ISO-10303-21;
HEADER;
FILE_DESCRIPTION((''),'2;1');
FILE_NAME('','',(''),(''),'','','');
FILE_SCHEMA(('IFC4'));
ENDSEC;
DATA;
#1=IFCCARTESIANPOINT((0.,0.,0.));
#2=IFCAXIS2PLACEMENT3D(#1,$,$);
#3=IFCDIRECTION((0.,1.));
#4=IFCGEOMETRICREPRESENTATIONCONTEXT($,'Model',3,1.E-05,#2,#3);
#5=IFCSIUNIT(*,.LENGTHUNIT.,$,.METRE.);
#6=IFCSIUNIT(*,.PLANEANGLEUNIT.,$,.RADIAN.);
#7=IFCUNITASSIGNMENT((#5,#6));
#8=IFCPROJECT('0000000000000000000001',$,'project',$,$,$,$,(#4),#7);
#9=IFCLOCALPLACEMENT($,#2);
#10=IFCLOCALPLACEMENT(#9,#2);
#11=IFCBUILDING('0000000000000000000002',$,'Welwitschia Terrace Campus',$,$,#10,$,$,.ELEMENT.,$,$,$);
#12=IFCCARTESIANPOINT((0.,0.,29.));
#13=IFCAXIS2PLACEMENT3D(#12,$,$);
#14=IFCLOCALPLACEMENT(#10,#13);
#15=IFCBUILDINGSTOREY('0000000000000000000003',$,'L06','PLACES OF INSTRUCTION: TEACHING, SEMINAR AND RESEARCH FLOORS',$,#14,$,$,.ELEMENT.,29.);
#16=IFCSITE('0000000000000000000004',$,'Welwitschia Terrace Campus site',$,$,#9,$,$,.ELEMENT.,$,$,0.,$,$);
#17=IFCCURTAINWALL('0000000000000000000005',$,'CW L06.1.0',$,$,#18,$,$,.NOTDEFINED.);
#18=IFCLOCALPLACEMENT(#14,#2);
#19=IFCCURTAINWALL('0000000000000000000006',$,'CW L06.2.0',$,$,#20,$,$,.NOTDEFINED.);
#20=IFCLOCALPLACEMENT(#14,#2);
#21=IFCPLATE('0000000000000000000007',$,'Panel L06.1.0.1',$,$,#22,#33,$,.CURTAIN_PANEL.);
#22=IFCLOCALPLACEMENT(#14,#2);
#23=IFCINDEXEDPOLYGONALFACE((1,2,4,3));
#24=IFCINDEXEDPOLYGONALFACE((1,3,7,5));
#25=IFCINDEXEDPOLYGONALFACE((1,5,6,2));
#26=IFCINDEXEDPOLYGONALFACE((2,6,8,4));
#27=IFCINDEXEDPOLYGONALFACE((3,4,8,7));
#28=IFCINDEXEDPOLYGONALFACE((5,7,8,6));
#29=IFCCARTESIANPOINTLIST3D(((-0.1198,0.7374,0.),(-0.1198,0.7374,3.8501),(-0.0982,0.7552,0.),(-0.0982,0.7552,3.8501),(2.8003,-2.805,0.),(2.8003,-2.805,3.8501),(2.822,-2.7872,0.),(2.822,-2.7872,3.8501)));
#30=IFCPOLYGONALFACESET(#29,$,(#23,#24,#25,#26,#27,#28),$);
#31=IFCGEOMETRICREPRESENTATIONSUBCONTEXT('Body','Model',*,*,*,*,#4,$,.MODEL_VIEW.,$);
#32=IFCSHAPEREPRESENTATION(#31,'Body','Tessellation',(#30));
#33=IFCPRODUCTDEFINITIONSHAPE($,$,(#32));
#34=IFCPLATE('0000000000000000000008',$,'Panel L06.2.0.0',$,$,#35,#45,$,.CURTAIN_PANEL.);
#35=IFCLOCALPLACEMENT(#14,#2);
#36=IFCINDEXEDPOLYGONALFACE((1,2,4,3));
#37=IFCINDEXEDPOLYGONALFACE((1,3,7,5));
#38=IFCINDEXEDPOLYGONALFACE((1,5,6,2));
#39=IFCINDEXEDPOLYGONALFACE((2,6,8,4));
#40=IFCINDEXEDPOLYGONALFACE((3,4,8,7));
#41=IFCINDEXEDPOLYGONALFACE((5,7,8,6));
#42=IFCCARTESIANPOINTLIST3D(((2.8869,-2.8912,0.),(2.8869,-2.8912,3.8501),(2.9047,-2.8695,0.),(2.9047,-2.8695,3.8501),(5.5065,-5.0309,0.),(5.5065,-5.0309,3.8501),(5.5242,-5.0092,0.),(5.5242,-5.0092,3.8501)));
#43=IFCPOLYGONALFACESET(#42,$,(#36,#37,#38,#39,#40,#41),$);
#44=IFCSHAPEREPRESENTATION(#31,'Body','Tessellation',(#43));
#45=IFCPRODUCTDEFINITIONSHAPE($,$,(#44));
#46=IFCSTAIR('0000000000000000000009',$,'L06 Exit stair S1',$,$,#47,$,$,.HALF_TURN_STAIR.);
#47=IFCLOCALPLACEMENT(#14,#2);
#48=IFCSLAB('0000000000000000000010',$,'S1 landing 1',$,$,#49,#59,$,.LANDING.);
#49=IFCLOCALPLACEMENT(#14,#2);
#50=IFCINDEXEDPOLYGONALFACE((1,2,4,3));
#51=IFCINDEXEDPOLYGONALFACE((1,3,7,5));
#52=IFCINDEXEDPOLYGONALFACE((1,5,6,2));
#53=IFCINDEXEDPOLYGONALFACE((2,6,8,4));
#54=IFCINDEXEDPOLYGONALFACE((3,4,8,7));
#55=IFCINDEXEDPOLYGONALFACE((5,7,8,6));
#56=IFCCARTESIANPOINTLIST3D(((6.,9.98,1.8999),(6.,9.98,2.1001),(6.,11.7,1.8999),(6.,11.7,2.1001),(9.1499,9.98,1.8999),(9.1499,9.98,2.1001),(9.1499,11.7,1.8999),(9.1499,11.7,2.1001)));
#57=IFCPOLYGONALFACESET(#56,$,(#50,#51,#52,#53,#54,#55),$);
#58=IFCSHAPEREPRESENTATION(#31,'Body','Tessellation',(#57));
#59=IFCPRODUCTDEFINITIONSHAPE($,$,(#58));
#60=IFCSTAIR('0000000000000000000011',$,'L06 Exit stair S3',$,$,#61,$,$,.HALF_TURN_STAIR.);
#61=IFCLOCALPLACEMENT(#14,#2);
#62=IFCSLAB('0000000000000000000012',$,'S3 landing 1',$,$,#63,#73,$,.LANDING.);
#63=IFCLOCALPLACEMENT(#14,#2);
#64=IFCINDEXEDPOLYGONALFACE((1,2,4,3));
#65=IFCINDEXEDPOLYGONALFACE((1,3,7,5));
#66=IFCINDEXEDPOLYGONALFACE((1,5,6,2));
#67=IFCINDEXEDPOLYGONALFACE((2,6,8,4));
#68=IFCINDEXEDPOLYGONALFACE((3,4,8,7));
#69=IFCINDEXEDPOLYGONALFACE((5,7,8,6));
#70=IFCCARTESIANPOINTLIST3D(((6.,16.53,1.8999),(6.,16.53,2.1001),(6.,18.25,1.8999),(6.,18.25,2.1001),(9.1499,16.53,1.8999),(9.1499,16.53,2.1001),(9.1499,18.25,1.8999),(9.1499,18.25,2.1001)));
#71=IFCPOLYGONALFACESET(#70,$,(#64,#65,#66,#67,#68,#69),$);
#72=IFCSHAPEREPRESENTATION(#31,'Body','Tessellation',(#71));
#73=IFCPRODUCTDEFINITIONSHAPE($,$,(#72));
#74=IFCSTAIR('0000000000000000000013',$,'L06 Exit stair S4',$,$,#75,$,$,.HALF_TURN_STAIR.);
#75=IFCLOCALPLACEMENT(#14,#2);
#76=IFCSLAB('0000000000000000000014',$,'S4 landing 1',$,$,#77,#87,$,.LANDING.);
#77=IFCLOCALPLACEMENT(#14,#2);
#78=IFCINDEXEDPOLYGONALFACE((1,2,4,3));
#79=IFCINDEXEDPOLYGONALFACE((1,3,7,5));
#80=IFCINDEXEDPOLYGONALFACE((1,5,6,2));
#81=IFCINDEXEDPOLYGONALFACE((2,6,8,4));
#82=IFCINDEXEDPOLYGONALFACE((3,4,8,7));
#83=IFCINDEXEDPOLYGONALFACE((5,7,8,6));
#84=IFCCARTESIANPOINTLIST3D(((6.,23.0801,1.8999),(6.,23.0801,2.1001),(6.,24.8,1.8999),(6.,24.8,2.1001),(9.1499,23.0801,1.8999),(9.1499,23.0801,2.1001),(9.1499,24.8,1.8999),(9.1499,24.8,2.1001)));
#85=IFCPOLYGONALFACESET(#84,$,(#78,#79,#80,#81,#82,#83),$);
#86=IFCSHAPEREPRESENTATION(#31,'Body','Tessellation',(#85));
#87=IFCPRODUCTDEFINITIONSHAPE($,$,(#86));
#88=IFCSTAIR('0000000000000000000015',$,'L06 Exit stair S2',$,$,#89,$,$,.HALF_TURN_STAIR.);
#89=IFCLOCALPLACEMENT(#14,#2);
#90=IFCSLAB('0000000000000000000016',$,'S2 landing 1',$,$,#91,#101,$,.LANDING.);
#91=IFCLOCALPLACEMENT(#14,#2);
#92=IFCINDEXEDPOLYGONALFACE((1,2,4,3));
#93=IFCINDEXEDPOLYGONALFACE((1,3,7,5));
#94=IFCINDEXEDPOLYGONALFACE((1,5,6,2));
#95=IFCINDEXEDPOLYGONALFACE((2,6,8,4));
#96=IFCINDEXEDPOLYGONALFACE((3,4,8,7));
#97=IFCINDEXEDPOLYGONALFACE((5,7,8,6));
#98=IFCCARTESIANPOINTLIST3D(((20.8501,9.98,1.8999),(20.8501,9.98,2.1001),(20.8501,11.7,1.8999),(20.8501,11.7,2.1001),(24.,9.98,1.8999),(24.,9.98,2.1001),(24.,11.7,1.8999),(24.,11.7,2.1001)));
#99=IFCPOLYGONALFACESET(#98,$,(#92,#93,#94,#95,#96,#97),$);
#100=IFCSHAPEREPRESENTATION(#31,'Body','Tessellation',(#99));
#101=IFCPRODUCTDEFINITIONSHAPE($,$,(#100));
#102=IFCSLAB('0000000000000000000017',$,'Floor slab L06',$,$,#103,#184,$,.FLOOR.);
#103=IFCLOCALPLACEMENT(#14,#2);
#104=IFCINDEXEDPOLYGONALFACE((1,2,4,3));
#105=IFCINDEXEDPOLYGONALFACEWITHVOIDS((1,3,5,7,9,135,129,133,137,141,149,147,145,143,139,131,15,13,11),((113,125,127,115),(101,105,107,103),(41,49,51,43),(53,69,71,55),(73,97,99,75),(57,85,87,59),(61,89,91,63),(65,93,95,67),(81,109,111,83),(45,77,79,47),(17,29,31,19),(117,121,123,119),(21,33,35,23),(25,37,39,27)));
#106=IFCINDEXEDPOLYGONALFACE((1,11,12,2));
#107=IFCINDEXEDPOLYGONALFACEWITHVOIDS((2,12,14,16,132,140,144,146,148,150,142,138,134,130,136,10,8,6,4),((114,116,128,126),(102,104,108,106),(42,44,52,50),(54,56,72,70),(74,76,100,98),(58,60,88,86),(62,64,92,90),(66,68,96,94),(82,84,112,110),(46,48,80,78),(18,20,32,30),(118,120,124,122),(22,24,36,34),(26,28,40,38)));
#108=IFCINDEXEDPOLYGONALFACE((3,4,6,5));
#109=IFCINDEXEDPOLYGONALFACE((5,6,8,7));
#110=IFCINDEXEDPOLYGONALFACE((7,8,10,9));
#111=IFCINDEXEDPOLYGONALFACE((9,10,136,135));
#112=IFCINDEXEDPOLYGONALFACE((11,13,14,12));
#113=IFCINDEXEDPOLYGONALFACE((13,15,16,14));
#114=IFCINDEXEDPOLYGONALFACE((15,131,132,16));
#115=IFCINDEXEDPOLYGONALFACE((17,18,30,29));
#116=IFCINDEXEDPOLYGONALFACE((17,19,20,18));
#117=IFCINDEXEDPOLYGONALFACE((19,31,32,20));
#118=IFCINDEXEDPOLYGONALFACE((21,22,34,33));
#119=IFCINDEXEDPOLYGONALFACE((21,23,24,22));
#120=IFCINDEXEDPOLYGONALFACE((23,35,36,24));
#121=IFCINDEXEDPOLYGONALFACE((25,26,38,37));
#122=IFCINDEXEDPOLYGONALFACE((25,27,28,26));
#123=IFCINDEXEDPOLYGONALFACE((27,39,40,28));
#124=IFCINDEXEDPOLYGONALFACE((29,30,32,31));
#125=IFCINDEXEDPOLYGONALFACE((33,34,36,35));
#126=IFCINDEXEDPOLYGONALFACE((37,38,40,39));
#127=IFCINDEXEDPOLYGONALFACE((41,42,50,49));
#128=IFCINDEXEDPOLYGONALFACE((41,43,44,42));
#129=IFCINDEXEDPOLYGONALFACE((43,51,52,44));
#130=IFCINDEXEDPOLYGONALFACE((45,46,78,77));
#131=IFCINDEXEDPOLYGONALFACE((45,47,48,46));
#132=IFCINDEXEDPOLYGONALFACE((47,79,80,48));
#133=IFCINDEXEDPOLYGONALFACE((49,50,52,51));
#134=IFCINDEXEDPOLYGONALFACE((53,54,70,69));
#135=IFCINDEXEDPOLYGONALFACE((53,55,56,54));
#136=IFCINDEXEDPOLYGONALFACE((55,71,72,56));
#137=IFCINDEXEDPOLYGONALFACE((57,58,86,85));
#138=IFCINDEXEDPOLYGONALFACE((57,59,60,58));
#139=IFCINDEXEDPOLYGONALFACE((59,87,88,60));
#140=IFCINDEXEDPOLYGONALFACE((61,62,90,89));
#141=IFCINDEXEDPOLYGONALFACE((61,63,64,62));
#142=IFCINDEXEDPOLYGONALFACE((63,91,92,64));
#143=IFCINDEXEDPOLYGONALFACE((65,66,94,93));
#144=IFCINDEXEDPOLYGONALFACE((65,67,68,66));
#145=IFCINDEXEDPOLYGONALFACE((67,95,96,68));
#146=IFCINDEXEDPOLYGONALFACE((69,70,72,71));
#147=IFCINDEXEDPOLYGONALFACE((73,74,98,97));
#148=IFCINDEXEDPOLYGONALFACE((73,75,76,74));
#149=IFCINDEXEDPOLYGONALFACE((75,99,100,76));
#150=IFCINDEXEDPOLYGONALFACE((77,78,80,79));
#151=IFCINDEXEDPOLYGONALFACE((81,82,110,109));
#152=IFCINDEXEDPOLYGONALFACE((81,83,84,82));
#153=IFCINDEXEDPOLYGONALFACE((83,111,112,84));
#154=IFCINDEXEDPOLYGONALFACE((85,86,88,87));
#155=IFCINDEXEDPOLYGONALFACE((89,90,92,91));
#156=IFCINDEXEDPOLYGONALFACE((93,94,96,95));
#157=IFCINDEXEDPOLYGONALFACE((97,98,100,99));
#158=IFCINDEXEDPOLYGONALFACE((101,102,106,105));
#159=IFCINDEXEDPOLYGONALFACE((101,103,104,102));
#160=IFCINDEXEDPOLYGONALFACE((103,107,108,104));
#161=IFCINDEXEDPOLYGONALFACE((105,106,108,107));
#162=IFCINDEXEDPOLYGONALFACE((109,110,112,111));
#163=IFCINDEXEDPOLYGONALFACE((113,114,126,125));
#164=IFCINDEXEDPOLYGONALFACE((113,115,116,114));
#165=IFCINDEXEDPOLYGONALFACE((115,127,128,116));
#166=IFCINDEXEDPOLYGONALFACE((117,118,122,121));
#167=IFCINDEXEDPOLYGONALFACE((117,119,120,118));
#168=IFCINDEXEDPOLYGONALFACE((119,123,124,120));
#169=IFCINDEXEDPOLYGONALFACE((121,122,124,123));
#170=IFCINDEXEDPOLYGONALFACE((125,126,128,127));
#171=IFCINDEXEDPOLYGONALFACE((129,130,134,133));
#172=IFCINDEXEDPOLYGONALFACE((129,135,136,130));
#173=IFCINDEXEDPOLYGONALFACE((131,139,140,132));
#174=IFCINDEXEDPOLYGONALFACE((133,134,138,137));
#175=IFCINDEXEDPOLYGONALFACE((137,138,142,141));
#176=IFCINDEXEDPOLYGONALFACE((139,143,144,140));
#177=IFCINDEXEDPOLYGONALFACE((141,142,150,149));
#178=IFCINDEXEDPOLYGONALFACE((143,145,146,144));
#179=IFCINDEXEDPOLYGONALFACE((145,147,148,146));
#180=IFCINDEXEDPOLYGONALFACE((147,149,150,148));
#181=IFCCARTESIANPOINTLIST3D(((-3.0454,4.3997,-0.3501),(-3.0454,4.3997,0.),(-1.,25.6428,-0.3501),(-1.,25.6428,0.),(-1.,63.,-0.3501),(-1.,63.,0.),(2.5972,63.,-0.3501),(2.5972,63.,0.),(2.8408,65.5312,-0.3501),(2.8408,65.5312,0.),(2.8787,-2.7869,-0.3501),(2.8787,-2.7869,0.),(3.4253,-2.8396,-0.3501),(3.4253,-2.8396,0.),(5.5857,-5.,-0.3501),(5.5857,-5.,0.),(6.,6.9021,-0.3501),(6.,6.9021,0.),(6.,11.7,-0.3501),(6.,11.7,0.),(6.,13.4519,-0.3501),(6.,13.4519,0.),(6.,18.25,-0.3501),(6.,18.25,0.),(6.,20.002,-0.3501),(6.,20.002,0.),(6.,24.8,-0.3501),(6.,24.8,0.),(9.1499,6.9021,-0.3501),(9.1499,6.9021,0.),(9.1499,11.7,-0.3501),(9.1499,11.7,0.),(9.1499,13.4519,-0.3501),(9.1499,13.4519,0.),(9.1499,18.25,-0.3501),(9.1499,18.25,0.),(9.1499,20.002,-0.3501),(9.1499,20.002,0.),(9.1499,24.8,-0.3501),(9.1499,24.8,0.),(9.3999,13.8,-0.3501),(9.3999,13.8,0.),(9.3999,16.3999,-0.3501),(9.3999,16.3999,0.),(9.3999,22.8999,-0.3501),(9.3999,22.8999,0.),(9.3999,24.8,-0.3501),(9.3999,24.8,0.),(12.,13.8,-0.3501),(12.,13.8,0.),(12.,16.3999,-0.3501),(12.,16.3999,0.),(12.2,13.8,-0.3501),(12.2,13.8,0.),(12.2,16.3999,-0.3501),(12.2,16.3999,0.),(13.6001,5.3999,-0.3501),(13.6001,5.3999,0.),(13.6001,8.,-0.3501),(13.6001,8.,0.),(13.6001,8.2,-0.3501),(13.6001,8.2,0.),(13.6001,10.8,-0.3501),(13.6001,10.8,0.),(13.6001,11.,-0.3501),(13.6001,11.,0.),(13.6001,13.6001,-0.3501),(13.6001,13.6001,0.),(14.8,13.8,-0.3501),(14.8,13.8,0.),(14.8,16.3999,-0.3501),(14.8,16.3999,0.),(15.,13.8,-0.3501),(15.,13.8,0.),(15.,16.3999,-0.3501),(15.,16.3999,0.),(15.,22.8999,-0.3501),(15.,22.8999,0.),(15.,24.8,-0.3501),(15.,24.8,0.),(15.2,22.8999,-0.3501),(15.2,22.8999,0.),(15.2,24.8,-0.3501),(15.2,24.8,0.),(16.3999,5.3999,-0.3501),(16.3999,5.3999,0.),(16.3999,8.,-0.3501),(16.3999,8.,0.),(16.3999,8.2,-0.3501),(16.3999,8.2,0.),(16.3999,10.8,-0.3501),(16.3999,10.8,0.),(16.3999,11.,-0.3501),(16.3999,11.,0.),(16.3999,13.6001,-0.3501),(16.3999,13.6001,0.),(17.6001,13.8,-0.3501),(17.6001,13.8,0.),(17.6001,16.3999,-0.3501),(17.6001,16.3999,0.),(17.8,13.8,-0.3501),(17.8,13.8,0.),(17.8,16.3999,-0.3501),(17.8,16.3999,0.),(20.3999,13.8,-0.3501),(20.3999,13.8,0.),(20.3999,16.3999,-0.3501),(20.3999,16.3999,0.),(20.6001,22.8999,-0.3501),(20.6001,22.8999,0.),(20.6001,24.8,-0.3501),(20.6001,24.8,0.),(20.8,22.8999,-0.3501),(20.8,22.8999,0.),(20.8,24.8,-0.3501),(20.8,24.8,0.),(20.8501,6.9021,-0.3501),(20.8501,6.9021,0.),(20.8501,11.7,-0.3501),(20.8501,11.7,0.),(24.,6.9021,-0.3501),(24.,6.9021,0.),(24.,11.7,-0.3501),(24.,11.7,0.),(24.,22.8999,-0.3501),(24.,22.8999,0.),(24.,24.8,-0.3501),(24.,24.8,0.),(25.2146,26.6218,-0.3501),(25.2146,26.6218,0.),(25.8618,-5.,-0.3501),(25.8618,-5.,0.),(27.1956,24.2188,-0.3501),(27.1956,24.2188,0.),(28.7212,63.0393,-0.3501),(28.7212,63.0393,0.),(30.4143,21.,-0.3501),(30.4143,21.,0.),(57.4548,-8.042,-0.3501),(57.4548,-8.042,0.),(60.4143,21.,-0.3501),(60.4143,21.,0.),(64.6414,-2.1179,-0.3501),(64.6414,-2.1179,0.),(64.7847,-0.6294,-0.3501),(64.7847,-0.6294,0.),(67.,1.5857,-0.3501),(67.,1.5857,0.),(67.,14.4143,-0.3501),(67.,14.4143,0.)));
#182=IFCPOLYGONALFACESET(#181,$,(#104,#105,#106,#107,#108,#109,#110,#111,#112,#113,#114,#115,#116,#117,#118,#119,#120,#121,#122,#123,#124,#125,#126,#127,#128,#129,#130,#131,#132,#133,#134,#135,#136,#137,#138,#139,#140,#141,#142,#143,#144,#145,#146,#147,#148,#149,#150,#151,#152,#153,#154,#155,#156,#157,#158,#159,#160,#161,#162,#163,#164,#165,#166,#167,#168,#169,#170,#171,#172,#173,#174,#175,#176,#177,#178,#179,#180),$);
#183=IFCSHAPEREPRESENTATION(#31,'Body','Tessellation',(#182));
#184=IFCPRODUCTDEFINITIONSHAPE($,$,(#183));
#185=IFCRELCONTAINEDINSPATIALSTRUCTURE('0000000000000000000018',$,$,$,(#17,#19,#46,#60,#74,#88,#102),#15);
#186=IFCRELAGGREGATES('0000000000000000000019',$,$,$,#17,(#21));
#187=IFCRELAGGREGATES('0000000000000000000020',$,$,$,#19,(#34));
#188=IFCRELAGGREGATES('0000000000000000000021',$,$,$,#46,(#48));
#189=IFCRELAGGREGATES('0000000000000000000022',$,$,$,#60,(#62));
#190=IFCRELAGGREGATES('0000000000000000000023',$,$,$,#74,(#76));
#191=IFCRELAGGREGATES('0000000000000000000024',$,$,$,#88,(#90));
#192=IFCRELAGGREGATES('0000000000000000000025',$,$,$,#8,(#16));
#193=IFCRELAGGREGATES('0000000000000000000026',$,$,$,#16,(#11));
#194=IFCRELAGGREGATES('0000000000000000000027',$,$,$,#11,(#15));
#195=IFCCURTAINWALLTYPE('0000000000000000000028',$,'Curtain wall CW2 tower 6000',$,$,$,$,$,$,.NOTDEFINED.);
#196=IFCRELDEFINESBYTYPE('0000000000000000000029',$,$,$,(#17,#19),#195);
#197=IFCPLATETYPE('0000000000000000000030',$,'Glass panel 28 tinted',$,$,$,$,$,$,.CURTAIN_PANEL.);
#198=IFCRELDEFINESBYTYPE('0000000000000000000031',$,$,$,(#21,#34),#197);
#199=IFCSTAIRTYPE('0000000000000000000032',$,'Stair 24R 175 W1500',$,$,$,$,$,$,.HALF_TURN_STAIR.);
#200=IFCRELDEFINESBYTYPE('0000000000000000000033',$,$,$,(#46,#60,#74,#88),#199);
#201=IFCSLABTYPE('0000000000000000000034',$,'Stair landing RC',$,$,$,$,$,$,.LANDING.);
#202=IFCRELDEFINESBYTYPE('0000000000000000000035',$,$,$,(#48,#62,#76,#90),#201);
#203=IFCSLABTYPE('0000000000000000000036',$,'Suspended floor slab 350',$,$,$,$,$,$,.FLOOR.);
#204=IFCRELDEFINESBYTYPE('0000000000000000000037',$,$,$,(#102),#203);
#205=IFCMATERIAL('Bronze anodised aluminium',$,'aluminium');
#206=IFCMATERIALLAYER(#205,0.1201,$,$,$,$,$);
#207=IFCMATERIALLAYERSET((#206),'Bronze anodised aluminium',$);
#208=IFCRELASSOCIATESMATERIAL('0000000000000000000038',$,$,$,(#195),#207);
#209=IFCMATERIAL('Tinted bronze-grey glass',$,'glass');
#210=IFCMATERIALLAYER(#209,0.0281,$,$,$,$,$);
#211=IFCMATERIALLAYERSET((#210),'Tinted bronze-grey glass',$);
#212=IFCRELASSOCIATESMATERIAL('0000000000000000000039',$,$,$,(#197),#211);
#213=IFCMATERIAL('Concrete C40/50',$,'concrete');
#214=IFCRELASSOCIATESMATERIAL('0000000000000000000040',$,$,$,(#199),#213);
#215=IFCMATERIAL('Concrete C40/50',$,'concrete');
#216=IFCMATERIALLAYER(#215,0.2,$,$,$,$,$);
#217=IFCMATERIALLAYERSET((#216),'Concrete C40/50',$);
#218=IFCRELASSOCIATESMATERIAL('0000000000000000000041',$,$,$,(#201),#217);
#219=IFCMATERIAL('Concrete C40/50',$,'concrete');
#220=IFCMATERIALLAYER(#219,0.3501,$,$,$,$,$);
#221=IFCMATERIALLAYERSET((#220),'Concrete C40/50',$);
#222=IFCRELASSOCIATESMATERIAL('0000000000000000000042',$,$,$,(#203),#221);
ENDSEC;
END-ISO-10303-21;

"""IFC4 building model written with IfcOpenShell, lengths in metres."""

from ifc_helpers import new_model, si_unit, direction, frame, origin, origin_2d, place, context, subcontext, project, spatial, polyline, rectangle, outline, extrude, material, layer, layer_set, type_object, element, aggregate, save


model = new_model("IFC4")

# Units and contexts
model_context = context("Model", 3, precision=1e-05, world=origin(), true_north=direction((0.0, 1.0)))
body_context = subcontext(model_context, "Body", "Model", "MODEL_VIEW")
ifc_project = project(units=[si_unit("LENGTHUNIT", "METRE"), si_unit("PLANEANGLEUNIT", "RADIAN")], contexts=[model_context])

# Site, building, storey
site_placement = place(None, origin())
site = spatial("IfcSite", under=ifc_project, at=site_placement, Name="Welwitschia Terrace Campus site", CompositionType="ELEMENT", RefElevation=0.0)
building_placement = place(site_placement, origin())
building = spatial("IfcBuilding", under=site, at=building_placement, Name="Welwitschia Terrace Campus", CompositionType="ELEMENT")
storey_placement = place(building_placement, frame((0.0, 0.0, 29.0)))
storey = spatial("IfcBuildingStorey", under=building, at=storey_placement, Name="L06", Description="PLACES OF INSTRUCTION: TEACHING, SEMINAR AND RESEARCH FLOORS", CompositionType="ELEMENT", Elevation=29.0)

# Curtain walls
ifc_material_1 = material(Name="Bronze anodised aluminium", Category="aluminium")
ifc_layer_1 = layer(ifc_material_1, 0.1201)
ifc_layer_set_1 = layer_set([ifc_layer_1], Name="Bronze anodised aluminium")
curtain_wall_type = type_object("IfcCurtainWallType", Name="Curtain wall CW2 tower 6000", PredefinedType="NOTDEFINED", material=ifc_layer_set_1)
curtain_wall_1_placement = place(storey_placement, origin())
curtain_wall_1 = element("IfcCurtainWall", 1, at=curtain_wall_1_placement, inside=storey, type_object=curtain_wall_type, Name="CW L06.1.0", PredefinedType="NOTDEFINED")
curtain_wall_2_placement = place(storey_placement, origin())
curtain_wall_2 = element("IfcCurtainWall", 2, at=curtain_wall_2_placement, inside=storey, type_object=curtain_wall_type, Name="CW L06.2.0", PredefinedType="NOTDEFINED")

# Plates
ifc_material_2 = material(Name="Tinted bronze-grey glass", Category="glass")
ifc_layer_2 = layer(ifc_material_2, 0.0281)
ifc_layer_set_2 = layer_set([ifc_layer_2], Name="Tinted bronze-grey glass")
plate_type = type_object("IfcPlateType", Name="Glass panel 28 tinted", PredefinedType="CURTAIN_PANEL", material=ifc_layer_set_2)
plate_1_placement = place(storey_placement, frame((1.3511, -1.0249, 0.0), z_axis=(0.0, 0.0, 1.0), x_axis=(0.636078, -0.771625, 0.0)))
plate_1 = element("IfcPlate", 3, at=plate_1_placement, type_object=plate_type, Name="Panel L06.1.0.1", PredefinedType="CURTAIN_PANEL", context=body_context, shape_type="SweptSolid", body=[
    extrude(rectangle(XDim=4.5908, YDim=0.0281, at=origin_2d()), origin(), (0.0, 0.0, 1.0), 3.8501),
])
aggregate(curtain_wall_1, [plate_1])
plate_2_placement = place(storey_placement, frame((4.2056, -3.9502, 0.0), z_axis=(0.0, 0.0, 1.0), x_axis=(0.774476, -0.632603, 0.0)))
plate_2 = element("IfcPlate", 4, at=plate_2_placement, type_object=plate_type, Name="Panel L06.2.0.0", PredefinedType="CURTAIN_PANEL", context=body_context, shape_type="SweptSolid", body=[
    extrude(rectangle(XDim=3.3823, YDim=0.0281, at=origin_2d()), origin(), (0.0, 0.0, 1.0), 3.8501),
])
aggregate(curtain_wall_2, [plate_2])

# Stairs, slabs
ifc_material_3 = material(Name="Concrete C40/50", Category="concrete")
stair_type = type_object("IfcStairType", Name="Stair 24R 175 W1500", PredefinedType="HALF_TURN_STAIR", material=ifc_material_3)
stair_1_placement = place(storey_placement, origin())
stair_1 = element("IfcStair", 5, at=stair_1_placement, inside=storey, type_object=stair_type, Name="L06 Exit stair S1", PredefinedType="HALF_TURN_STAIR")
ifc_material_4 = material(Name="Concrete C40/50", Category="concrete")
ifc_layer_3 = layer(ifc_material_4, 0.2)
ifc_layer_set_3 = layer_set([ifc_layer_3], Name="Concrete C40/50")
slab_type_1 = type_object("IfcSlabType", Name="Stair landing RC", PredefinedType="LANDING", material=ifc_layer_set_3)
slab_1_placement = place(storey_placement, frame((0.0, 0.0, 1.8999)))
slab_1 = element("IfcSlab", 6, at=slab_1_placement, type_object=slab_type_1, Name="S1 landing 1", PredefinedType="LANDING", context=body_context, shape_type="SweptSolid", body=[
    extrude(outline(polyline([(9.1499, 9.98), (9.1499, 11.7), (6.0, 11.7), (6.0, 9.98), (9.1499, 9.98)])), origin(), (0.0, 0.0, 1.0), 0.2002),
])
aggregate(stair_1, [slab_1])
stair_2_placement = place(storey_placement, origin())
stair_2 = element("IfcStair", 7, at=stair_2_placement, inside=storey, type_object=stair_type, Name="L06 Exit stair S3", PredefinedType="HALF_TURN_STAIR")
slab_2_placement = place(storey_placement, frame((0.0, 0.0, 1.8999)))
slab_2 = element("IfcSlab", 8, at=slab_2_placement, type_object=slab_type_1, Name="S3 landing 1", PredefinedType="LANDING", context=body_context, shape_type="SweptSolid", body=[
    extrude(outline(polyline([(9.1499, 16.53), (9.1499, 18.25), (6.0, 18.25), (6.0, 16.53), (9.1499, 16.53)])), origin(), (0.0, 0.0, 1.0), 0.2002),
])
aggregate(stair_2, [slab_2])
stair_3_placement = place(storey_placement, origin())
stair_3 = element("IfcStair", 9, at=stair_3_placement, inside=storey, type_object=stair_type, Name="L06 Exit stair S4", PredefinedType="HALF_TURN_STAIR")
slab_3_placement = place(storey_placement, frame((0.0, 0.0, 1.8999)))
slab_3 = element("IfcSlab", 10, at=slab_3_placement, type_object=slab_type_1, Name="S4 landing 1", PredefinedType="LANDING", context=body_context, shape_type="SweptSolid", body=[
    extrude(outline(polyline([(9.1499, 23.0801), (9.1499, 24.8), (6.0, 24.8), (6.0, 23.0801), (9.1499, 23.0801)])), origin(), (0.0, 0.0, 1.0), 0.2002),
])
aggregate(stair_3, [slab_3])
stair_4_placement = place(storey_placement, origin())
stair_4 = element("IfcStair", 11, at=stair_4_placement, inside=storey, type_object=stair_type, Name="L06 Exit stair S2", PredefinedType="HALF_TURN_STAIR")
slab_4_placement = place(storey_placement, frame((0.0, 0.0, 1.8999)))
slab_4 = element("IfcSlab", 12, at=slab_4_placement, type_object=slab_type_1, Name="S2 landing 1", PredefinedType="LANDING", context=body_context, shape_type="SweptSolid", body=[
    extrude(outline(polyline([(24.0, 9.98), (24.0, 11.7), (20.8501, 11.7), (20.8501, 9.98), (24.0, 9.98)])), origin(), (0.0, 0.0, 1.0), 0.2002),
])
aggregate(stair_4, [slab_4])

# Slab
ifc_material_5 = material(Name="Concrete C40/50", Category="concrete")
ifc_layer_4 = layer(ifc_material_5, 0.3501)
ifc_layer_set_4 = layer_set([ifc_layer_4], Name="Concrete C40/50")
slab_type_2 = type_object("IfcSlabType", Name="Suspended floor slab 350", PredefinedType="FLOOR", material=ifc_layer_set_4)
slab_5_placement = place(storey_placement, frame((0.0, 0.0, -0.3501)))
element("IfcSlab", 13, at=slab_5_placement, inside=storey, type_object=slab_type_2, Name="Floor slab L06", PredefinedType="FLOOR", context=body_context, shape_type="SweptSolid", body=[
    extrude(outline(polyline([(-1.0, 63.0), (2.5972, 63.0), (2.8408, 65.5312), (28.7212, 63.0393), (25.2146, 26.6218), (27.1956, 24.2188), (30.4143, 21.0), (60.4143, 21.0), (67.0, 14.4143), (67.0, 1.5857), (64.7847, -0.6294), (64.6414, -2.1179), (57.4548, -8.042), (25.8618, -5.0), (5.5857, -5.0), (3.4253, -2.8396), (2.8787, -2.7869), (-3.0454, 4.3997), (-1.0, 25.6428), (-1.0, 63.0)]), holes=[polyline([(13.6001, 8.0), (13.6001, 5.3999), (16.3999, 5.3999), (16.3999, 8.0), (13.6001, 8.0)]), polyline([(9.1499, 11.7), (6.0, 11.7), (6.0, 6.9021), (9.1499, 6.9021), (9.1499, 11.7)]), polyline([(12.0, 16.3999), (9.3999, 16.3999), (9.3999, 13.8), (12.0, 13.8), (12.0, 16.3999)]), polyline([(14.8, 16.3999), (12.2, 16.3999), (12.2, 13.8), (14.8, 13.8), (14.8, 16.3999)]), polyline([(9.1499, 18.25), (6.0, 18.25), (6.0, 13.4519), (9.1499, 13.4519), (9.1499, 18.25)]), polyline([(9.1499, 24.8), (6.0, 24.8), (6.0, 20.002), (9.1499, 20.002), (9.1499, 24.8)]), polyline([(15.0, 24.8), (9.3999, 24.8), (9.3999, 22.8999), (15.0, 22.8999), (15.0, 24.8)]), polyline([(20.8501, 11.7), (20.8501, 6.9021), (24.0, 6.9021), (24.0, 11.7), (20.8501, 11.7)]), polyline([(16.3999, 10.8), (13.6001, 10.8), (13.6001, 8.2), (16.3999, 8.2), (16.3999, 10.8)]), polyline([(16.3999, 13.6001), (13.6001, 13.6001), (13.6001, 11.0), (16.3999, 11.0), (16.3999, 13.6001)]), polyline([(17.6001, 16.3999), (15.0, 16.3999), (15.0, 13.8), (17.6001, 13.8), (17.6001, 16.3999)]), polyline([(20.3999, 16.3999), (17.8, 16.3999), (17.8, 13.8), (20.3999, 13.8), (20.3999, 16.3999)]), polyline([(20.6001, 24.8), (15.2, 24.8), (15.2, 22.8999), (20.6001, 22.8999), (20.6001, 24.8)]), polyline([(24.0, 24.8), (20.8, 24.8), (20.8, 22.8999), (24.0, 22.8999), (24.0, 24.8)])]), origin(), (0.0, 0.0, 1.0), 0.3501),
])

save(model, "model.ifc")
